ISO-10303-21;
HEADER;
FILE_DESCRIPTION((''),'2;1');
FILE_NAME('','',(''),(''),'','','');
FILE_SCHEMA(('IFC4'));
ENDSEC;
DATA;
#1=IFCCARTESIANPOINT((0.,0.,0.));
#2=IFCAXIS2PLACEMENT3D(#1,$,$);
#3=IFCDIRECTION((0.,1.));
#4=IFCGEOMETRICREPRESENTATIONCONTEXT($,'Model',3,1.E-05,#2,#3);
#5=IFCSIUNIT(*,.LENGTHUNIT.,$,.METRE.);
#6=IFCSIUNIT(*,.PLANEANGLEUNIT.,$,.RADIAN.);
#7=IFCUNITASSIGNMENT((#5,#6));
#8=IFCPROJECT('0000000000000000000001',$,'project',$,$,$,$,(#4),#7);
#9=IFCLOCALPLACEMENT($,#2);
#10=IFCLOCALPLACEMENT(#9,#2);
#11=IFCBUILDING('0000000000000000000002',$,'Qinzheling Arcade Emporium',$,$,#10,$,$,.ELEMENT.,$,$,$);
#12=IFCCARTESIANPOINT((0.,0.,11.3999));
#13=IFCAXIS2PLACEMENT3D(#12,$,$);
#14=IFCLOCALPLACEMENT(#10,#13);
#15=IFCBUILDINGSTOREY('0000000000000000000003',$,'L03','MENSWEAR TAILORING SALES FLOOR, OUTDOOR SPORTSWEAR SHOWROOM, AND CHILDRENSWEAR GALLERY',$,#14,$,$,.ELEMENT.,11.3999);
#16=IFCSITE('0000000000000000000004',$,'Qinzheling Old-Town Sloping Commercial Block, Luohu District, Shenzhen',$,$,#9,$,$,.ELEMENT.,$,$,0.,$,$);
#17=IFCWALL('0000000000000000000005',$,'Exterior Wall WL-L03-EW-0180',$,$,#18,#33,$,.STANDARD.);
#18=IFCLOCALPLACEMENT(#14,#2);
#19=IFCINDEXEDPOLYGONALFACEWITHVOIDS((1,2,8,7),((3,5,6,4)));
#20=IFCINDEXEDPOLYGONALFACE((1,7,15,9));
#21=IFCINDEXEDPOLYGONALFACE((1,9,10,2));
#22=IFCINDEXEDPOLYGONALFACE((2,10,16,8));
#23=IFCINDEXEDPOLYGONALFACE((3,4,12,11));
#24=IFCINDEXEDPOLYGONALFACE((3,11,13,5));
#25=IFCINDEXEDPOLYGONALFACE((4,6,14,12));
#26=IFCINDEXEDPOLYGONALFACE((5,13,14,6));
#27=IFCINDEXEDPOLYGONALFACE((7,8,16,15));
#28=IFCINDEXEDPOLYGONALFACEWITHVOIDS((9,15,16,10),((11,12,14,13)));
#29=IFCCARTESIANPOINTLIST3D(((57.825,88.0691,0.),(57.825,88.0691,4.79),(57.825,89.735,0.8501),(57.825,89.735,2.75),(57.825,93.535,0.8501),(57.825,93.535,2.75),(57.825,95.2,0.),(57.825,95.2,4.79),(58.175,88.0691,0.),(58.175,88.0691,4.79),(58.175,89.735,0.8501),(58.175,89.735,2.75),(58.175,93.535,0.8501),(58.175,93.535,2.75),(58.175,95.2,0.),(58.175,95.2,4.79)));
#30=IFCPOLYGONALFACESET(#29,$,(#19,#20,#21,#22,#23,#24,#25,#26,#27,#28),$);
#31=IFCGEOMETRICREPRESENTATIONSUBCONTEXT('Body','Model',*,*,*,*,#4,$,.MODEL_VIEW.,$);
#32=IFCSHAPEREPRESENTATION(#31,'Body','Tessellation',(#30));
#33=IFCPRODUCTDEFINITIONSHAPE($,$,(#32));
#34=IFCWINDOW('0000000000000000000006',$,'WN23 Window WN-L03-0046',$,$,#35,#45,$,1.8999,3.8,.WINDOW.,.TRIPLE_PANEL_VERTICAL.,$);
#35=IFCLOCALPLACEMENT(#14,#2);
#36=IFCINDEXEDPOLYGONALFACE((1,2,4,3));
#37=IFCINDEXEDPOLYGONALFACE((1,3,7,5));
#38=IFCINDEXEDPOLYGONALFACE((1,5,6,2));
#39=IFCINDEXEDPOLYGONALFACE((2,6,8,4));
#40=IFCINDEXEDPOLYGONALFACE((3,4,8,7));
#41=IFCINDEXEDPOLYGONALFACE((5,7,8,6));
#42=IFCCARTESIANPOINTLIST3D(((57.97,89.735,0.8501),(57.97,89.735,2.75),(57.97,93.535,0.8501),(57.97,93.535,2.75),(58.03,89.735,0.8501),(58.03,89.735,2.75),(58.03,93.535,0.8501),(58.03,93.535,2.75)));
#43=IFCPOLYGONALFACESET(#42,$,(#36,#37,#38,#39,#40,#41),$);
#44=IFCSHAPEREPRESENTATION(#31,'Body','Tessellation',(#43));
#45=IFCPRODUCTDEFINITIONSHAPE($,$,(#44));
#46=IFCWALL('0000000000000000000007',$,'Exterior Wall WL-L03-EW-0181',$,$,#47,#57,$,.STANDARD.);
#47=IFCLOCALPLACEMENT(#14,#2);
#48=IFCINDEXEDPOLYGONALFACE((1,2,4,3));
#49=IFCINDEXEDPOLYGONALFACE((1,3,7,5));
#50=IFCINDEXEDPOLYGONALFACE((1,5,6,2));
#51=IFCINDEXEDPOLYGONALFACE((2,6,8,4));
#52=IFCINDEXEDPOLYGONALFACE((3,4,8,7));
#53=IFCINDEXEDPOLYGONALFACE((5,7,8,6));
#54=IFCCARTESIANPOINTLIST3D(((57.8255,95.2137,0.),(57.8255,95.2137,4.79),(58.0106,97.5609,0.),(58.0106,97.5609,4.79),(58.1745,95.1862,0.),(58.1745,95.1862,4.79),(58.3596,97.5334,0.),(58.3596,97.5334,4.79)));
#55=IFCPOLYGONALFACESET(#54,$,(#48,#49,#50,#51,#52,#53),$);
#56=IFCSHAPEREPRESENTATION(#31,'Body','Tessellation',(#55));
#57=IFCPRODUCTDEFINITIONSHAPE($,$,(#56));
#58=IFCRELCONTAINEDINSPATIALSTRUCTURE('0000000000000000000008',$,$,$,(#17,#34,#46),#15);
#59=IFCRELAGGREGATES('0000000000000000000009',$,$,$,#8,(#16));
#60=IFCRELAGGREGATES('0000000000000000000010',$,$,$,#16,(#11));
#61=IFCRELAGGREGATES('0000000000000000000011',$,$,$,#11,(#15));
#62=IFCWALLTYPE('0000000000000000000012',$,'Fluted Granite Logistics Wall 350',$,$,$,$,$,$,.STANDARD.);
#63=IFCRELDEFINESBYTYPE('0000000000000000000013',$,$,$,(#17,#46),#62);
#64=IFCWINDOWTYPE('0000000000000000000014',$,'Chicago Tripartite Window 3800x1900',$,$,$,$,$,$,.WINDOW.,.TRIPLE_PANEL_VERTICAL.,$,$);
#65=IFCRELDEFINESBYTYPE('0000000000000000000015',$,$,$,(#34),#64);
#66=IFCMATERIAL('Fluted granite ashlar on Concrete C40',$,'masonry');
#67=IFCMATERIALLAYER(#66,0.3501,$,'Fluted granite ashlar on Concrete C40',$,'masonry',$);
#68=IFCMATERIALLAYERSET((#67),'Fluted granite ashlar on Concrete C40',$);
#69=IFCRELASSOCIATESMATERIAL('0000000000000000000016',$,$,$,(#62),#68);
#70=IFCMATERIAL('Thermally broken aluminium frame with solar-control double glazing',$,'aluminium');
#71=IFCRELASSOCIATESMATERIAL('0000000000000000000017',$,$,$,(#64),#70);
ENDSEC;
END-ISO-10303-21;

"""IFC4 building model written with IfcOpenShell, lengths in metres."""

from ifc_helpers import new_model, si_unit, direction, frame, frame_2d, origin, place, context, subcontext, project, spatial, rectangle, extrude, material, layer, layer_set, type_object, element, fill, save


model = new_model("IFC4")

# Units and contexts
model_context = context("Model", 3, precision=1e-05, world=origin(), true_north=direction((0.0, 1.0)))
body_context = subcontext(model_context, "Body", "Model", "MODEL_VIEW")
ifc_project = project(units=[si_unit("LENGTHUNIT", "METRE"), si_unit("PLANEANGLEUNIT", "RADIAN")], contexts=[model_context])

# Site, building, storey
site_placement = place(None, origin())
site = spatial("IfcSite", under=ifc_project, at=site_placement, Name="Qinzheling Old-Town Sloping Commercial Block, Luohu District, Shenzhen", CompositionType="ELEMENT", RefElevation=0.0)
building_placement = place(site_placement, origin())
building = spatial("IfcBuilding", under=site, at=building_placement, Name="Qinzheling Arcade Emporium", CompositionType="ELEMENT")
storey_placement = place(building_placement, frame((0.0, 0.0, 11.3999)))
storey = spatial("IfcBuildingStorey", under=building, at=storey_placement, Name="L03", Description="MENSWEAR TAILORING SALES FLOOR, OUTDOOR SPORTSWEAR SHOWROOM, AND CHILDRENSWEAR GALLERY", CompositionType="ELEMENT", Elevation=11.3999)

# Wall, opening, window
ifc_material_1 = material(Name="Fluted granite ashlar on Concrete C40", Category="masonry")
ifc_layer_1 = layer(ifc_material_1, 0.3501, Name="Fluted granite ashlar on Concrete C40", Category="masonry")
ifc_layer_set_1 = layer_set([ifc_layer_1], Name="Fluted granite ashlar on Concrete C40")
wall_type = type_object("IfcWallType", Name="Fluted Granite Logistics Wall 350", PredefinedType="STANDARD", material=ifc_layer_set_1)
wall_1_placement = place(storey_placement, frame((58.0, 88.0691, 0.0), z_axis=(0.0, 0.0, 1.0), x_axis=(0.0, 1.0, 0.0)))
wall_1 = element("IfcWall", 1, at=wall_1_placement, inside=storey, type_object=wall_type, Name="Exterior Wall WL-L03-EW-0180", PredefinedType="STANDARD", context=body_context, shape_type="SweptSolid", body=[
    extrude(rectangle(XDim=7.1309, YDim=0.3501, at=frame_2d((3.5654, 0.0))), origin(), (0.0, 0.0, 1.0), 4.79),
])
opening_placement = place(wall_1_placement, frame((1.666, 0.0, 0.8501)))
opening = element("IfcOpeningElement", 2, at=opening_placement, cuts=wall_1, PredefinedType="OPENING", context=body_context, shape_type="SweptSolid", body=[
    extrude(rectangle(XDim=3.8, YDim=1.8999, at=frame_2d((1.8999, 0.95))), frame((0.0, 0.1851, 0.0), z_axis=(0.0, -1.0, 0.0), x_axis=(1.0, 0.0, 0.0)), (0.0, 0.0, 1.0), 0.3701),
])
ifc_material_2 = material(Name="Thermally broken aluminium frame with solar-control double glazing", Category="aluminium")
window_type = type_object("IfcWindowType", Name="Chicago Tripartite Window 3800x1900", PartitioningType="TRIPLE_PANEL_VERTICAL", PredefinedType="WINDOW", material=ifc_material_2)
window_placement = place(opening_placement, origin())
window = element("IfcWindow", 3, at=window_placement, inside=storey, type_object=window_type, Name="WN23 Window WN-L03-0046", OverallHeight=1.8999, OverallWidth=3.8, PartitioningType="TRIPLE_PANEL_VERTICAL", PredefinedType="WINDOW", context=body_context, shape_type="SweptSolid", body=[
    extrude(rectangle(XDim=3.8, YDim=1.8999, at=frame_2d((1.8999, 0.95))), frame((0.0, 0.03, 0.0), z_axis=(0.0, -1.0, 0.0), x_axis=(1.0, 0.0, 0.0)), (0.0, 0.0, 1.0), 0.0601),
])
fill(opening, window)

# Wall
wall_2_placement = place(storey_placement, frame((58.0, 95.2, 0.0), z_axis=(0.0, 0.0, 1.0), x_axis=(0.078599, 0.996906, 0.0)))
element("IfcWall", 4, at=wall_2_placement, inside=storey, type_object=wall_type, Name="Exterior Wall WL-L03-EW-0181", PredefinedType="STANDARD", context=body_context, shape_type="SweptSolid", body=[
    extrude(rectangle(XDim=2.3545, YDim=0.3501, at=frame_2d((1.1772, 0.0))), origin(), (0.0, 0.0, 1.0), 4.79),
])

save(model, "model.ifc")
